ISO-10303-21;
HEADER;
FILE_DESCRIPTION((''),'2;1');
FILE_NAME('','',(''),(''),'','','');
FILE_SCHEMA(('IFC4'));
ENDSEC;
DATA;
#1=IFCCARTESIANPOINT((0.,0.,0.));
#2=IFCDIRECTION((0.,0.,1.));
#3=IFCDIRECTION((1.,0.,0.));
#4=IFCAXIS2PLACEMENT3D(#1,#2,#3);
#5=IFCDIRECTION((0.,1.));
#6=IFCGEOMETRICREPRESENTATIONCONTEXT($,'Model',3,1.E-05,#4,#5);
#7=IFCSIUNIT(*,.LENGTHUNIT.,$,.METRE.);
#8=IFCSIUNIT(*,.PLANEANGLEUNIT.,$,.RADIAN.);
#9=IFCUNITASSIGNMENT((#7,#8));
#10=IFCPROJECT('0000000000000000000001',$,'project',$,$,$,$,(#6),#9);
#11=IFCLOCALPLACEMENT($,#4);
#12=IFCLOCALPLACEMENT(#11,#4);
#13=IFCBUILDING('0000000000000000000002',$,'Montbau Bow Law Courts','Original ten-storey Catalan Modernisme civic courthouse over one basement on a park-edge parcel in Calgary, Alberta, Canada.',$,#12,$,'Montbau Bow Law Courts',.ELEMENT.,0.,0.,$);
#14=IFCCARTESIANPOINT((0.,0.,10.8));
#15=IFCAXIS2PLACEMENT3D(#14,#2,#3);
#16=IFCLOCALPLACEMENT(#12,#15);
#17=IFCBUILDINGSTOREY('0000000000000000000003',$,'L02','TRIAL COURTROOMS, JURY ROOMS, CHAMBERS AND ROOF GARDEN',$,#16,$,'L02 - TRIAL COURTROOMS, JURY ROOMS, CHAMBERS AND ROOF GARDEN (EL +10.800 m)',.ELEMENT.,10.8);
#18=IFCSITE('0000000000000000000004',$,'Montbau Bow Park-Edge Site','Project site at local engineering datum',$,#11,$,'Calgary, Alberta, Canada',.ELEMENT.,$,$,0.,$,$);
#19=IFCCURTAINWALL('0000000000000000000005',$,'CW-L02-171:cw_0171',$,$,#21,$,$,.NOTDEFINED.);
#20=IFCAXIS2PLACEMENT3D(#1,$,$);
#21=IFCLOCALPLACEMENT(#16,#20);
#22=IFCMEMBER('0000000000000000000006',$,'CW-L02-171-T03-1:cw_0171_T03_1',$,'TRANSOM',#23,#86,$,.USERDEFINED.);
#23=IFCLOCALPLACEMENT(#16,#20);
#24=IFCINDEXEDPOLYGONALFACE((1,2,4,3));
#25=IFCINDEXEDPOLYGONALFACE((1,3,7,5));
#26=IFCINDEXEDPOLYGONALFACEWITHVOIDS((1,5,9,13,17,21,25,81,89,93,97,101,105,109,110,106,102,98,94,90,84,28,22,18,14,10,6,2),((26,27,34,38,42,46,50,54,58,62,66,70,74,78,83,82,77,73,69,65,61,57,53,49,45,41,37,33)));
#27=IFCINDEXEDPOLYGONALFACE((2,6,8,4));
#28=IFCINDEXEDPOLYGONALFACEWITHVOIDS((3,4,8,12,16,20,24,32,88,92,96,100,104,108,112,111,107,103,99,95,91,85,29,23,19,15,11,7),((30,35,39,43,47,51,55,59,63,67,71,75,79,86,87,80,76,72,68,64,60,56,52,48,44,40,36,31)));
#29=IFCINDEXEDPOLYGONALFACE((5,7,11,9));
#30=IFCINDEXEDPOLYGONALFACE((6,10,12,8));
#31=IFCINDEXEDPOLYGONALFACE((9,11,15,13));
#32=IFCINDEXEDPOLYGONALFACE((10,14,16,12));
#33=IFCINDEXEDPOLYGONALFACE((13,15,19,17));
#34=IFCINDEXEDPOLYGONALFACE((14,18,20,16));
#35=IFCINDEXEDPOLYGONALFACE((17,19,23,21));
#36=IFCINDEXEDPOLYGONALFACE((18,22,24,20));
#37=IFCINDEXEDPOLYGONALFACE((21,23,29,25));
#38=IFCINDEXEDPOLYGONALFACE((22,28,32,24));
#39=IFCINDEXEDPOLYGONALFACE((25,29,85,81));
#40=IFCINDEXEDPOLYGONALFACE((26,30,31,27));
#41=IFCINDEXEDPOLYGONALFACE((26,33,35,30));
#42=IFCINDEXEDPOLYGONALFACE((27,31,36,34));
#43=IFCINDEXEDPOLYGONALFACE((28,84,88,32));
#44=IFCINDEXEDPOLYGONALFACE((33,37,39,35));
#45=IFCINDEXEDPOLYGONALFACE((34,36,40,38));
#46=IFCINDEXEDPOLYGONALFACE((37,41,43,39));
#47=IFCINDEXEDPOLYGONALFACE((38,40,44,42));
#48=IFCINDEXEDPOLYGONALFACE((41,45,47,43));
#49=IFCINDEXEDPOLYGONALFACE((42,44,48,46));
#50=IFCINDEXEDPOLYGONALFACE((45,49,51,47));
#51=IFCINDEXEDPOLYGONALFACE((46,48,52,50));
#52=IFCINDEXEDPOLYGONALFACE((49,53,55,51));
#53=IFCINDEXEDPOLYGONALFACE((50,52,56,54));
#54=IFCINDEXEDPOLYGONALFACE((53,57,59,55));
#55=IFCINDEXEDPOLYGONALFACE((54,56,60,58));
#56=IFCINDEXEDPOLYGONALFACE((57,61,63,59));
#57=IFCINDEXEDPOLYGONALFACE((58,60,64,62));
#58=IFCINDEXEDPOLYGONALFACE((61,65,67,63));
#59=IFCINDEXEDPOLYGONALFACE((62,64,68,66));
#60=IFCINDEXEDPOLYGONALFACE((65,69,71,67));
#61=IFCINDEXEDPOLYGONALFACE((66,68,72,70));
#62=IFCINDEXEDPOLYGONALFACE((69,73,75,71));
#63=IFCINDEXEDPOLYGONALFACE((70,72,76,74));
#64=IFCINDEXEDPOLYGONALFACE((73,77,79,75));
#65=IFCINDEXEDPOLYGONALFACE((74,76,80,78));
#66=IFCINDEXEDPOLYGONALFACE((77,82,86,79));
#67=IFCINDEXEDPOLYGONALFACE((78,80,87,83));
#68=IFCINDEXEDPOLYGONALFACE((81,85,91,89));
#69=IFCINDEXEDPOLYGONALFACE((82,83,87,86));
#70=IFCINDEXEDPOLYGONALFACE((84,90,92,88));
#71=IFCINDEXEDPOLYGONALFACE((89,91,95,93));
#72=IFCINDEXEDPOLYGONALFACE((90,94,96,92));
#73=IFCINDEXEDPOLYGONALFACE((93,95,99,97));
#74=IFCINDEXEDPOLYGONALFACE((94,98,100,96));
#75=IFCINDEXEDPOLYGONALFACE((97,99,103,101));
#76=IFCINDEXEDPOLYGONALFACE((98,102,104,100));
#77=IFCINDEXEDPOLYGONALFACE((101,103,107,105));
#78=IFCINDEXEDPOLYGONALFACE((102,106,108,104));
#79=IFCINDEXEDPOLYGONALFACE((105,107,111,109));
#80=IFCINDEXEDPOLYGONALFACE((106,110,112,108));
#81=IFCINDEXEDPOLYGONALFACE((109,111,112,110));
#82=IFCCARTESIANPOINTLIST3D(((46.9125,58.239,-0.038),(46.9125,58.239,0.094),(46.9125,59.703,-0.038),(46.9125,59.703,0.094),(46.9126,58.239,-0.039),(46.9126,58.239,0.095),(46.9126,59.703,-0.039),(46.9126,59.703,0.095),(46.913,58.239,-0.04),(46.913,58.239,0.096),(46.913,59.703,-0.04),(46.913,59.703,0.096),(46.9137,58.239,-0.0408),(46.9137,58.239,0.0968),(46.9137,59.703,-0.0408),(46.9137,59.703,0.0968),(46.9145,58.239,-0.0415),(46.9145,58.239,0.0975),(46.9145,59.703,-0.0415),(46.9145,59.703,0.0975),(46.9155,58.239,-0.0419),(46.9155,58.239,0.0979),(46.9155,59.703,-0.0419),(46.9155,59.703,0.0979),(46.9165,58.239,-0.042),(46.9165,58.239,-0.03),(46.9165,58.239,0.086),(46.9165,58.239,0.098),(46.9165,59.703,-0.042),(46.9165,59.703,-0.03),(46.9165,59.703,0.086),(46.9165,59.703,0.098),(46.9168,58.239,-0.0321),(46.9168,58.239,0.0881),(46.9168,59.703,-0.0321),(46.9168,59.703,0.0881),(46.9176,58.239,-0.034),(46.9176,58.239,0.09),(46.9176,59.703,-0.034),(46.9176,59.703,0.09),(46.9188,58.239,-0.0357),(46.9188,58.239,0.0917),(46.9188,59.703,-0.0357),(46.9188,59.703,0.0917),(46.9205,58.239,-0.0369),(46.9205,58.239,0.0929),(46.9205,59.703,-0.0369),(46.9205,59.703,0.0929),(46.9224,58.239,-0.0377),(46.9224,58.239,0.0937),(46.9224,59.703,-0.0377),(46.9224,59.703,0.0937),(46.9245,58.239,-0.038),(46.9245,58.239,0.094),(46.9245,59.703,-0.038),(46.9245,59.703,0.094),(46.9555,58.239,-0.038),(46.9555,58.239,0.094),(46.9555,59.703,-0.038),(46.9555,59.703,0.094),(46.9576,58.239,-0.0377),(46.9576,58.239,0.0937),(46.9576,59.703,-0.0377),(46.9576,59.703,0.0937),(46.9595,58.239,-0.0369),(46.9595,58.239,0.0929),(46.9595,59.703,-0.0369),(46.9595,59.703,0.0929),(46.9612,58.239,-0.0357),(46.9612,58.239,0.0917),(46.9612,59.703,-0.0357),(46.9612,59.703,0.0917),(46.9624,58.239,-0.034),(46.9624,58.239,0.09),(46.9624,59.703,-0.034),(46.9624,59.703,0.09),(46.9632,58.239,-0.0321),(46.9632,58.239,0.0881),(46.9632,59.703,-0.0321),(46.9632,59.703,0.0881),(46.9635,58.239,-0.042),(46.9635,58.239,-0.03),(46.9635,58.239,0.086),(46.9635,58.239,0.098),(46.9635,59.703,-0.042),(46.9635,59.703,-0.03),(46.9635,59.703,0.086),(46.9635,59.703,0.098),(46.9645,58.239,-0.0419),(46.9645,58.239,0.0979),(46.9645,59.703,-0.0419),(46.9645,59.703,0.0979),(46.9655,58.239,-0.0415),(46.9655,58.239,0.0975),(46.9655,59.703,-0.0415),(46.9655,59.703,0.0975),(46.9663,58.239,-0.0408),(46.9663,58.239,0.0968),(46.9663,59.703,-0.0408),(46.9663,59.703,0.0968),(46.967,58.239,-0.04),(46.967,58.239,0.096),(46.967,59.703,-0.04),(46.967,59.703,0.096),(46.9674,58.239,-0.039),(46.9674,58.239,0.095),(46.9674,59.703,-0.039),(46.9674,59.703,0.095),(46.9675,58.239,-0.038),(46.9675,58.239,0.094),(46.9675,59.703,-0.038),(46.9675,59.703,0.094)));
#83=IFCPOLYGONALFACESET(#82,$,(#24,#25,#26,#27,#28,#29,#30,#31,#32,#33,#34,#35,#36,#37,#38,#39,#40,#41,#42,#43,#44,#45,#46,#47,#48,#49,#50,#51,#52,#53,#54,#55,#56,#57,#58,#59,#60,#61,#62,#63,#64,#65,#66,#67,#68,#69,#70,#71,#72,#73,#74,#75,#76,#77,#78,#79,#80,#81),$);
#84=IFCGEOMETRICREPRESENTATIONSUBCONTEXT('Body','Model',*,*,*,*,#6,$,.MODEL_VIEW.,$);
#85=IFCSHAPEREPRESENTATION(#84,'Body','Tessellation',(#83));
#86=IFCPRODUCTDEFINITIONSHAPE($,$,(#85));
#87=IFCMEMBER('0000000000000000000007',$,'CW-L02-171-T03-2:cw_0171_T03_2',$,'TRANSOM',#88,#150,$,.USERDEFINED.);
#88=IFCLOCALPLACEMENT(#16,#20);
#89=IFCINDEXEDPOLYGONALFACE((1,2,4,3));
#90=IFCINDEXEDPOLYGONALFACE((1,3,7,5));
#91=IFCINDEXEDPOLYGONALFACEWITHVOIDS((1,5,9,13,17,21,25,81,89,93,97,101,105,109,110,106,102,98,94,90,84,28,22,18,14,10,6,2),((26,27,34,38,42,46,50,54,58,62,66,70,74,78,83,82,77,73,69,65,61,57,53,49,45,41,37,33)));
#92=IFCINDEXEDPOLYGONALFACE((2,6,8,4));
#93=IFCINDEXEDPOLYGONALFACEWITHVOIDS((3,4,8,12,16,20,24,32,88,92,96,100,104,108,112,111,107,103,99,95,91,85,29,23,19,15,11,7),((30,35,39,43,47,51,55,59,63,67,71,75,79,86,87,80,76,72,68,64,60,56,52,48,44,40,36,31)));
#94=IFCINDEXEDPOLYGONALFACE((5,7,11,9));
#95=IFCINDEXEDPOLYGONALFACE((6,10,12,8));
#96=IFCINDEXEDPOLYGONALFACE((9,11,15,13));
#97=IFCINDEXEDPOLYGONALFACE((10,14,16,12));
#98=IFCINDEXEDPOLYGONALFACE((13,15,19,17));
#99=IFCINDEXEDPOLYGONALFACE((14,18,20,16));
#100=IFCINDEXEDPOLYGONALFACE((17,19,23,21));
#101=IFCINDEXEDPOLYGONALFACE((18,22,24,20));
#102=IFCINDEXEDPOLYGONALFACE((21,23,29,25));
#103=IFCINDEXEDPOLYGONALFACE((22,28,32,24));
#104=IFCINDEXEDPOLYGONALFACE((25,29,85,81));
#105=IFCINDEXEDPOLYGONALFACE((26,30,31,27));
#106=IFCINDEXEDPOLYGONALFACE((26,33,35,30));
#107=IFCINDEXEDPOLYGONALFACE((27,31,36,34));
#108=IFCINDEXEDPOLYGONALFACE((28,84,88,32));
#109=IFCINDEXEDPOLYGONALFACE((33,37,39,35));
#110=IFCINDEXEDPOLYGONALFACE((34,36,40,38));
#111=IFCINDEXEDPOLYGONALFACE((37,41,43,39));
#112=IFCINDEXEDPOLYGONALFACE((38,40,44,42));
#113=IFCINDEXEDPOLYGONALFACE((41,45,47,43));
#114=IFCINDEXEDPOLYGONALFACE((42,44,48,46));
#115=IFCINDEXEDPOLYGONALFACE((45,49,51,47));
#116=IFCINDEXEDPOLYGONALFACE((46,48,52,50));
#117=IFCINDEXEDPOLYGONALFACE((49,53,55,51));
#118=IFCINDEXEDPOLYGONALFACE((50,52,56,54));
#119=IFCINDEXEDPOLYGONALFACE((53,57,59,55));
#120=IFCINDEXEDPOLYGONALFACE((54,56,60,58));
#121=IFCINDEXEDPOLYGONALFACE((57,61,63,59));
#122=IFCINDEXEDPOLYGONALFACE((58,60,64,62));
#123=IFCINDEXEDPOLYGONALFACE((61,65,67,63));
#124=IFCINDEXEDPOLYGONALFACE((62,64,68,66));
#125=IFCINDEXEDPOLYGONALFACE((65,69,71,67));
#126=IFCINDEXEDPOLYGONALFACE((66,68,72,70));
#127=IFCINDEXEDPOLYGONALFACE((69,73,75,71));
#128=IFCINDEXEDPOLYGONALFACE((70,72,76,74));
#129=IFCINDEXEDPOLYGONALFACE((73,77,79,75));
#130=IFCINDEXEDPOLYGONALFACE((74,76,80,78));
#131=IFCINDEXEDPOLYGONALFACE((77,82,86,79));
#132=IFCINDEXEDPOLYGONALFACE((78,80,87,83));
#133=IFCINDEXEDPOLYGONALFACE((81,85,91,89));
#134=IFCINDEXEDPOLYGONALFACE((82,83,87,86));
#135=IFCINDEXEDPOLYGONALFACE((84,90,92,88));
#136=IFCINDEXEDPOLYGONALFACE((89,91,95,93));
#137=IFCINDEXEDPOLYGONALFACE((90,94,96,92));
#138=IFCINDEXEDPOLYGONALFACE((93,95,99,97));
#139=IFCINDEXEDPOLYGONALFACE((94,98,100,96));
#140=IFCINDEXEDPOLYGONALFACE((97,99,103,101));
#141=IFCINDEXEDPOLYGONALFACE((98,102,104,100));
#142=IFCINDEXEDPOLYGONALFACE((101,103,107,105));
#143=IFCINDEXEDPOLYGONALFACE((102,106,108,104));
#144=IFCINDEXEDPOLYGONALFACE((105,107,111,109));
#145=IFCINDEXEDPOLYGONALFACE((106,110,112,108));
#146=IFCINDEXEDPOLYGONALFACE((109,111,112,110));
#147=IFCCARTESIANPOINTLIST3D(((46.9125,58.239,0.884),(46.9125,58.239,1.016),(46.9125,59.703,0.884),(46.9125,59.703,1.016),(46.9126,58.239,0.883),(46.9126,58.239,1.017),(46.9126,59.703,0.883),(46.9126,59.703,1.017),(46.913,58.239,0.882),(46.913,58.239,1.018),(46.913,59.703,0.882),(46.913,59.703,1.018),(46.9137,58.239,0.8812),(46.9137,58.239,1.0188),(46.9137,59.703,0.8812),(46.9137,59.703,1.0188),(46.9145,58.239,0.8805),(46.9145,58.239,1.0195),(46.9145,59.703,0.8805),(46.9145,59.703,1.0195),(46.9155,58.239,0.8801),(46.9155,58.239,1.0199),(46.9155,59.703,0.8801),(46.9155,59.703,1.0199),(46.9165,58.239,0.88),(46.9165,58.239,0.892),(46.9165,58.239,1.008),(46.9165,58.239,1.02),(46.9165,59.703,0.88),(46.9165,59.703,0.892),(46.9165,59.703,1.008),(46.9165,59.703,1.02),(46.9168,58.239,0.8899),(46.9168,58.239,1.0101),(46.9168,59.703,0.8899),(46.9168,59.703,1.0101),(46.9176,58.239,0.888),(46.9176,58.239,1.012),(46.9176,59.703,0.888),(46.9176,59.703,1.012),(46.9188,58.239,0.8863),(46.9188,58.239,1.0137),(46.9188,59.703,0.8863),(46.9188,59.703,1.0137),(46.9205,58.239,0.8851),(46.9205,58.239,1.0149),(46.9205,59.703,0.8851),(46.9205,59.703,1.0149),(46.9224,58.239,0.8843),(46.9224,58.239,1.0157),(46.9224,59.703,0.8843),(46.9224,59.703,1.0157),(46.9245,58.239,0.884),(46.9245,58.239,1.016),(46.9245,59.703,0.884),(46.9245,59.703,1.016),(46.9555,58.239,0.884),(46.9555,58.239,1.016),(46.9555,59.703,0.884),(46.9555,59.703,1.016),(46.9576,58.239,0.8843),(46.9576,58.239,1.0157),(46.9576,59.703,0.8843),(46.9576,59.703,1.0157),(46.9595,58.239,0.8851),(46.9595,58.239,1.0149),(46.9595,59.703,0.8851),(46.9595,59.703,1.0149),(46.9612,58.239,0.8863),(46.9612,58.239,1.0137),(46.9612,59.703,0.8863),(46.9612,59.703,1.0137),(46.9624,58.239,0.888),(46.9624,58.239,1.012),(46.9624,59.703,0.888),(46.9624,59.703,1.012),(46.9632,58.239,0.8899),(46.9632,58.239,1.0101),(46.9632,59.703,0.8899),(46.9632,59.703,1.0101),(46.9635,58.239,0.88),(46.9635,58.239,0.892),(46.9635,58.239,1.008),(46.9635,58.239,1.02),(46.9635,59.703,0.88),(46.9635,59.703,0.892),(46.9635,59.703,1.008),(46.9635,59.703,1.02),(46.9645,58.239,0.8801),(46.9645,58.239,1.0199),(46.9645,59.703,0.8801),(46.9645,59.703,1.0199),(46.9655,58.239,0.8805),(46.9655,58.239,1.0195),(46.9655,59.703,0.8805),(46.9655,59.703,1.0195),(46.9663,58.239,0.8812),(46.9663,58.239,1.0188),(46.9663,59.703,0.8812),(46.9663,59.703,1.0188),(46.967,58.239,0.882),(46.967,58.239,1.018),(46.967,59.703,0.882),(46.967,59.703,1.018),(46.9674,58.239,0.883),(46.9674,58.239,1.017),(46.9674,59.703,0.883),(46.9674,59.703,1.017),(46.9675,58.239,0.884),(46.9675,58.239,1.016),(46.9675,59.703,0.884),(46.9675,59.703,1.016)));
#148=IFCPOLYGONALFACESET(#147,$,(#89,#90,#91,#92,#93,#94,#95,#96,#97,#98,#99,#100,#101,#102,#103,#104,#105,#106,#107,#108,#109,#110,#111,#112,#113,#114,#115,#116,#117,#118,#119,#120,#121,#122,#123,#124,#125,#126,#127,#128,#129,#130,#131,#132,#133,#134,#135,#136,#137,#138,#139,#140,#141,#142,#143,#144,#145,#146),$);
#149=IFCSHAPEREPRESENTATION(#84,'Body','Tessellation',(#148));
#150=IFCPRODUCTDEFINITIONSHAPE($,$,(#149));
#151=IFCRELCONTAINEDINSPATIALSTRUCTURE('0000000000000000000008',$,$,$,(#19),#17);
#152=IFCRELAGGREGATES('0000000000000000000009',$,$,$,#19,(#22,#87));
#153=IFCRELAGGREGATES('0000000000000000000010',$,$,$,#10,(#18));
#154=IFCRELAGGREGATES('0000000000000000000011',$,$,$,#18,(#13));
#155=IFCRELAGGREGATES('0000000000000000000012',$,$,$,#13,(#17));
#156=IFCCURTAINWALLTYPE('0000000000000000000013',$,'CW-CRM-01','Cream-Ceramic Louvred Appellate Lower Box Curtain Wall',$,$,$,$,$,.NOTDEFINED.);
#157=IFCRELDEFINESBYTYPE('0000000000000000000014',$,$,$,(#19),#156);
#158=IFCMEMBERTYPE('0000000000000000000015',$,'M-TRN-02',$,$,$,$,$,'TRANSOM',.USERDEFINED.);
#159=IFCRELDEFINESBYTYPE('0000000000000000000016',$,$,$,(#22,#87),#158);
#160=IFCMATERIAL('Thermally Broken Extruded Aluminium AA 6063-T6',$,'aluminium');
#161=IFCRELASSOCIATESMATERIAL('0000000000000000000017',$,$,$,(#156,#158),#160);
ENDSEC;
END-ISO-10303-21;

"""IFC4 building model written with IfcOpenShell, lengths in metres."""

from ifc_helpers import new_model, si_unit, direction, frame, origin_with_axes, origin_2d_with_axis, place, context, subcontext, project, spatial, hollow_rectangle, extrude, material, material_profile, profile_set, type_object, element, aggregate, save


model = new_model("IFC4")

# Units and contexts
model_context = context("Model", 3, precision=1e-05, world=origin_with_axes(), true_north=direction((0.0, 1.0)))
body_context = subcontext(model_context, "Body", "Model", "MODEL_VIEW")
ifc_project = project(units=[si_unit("LENGTHUNIT", "METRE"), si_unit("PLANEANGLEUNIT", "RADIAN")], contexts=[model_context])

# Site, building, storey
site_placement = place(None, origin_with_axes())
site = spatial("IfcSite", under=ifc_project, at=site_placement, Name="Montbau Bow Park-Edge Site", Description="Project site at local engineering datum", LongName="Calgary, Alberta, Canada", CompositionType="ELEMENT", RefElevation=0.0)
building_placement = place(site_placement, origin_with_axes())
building = spatial("IfcBuilding", under=site, at=building_placement, Name="Montbau Bow Law Courts", Description="Original ten-storey Catalan Modernisme civic courthouse over one basement on a park-edge parcel in Calgary, Alberta, Canada.", LongName="Montbau Bow Law Courts", CompositionType="ELEMENT", ElevationOfRefHeight=0.0, ElevationOfTerrain=0.0)
storey_placement = place(building_placement, frame((0.0, 0.0, 10.8), z_axis=(0.0, 0.0, 1.0), x_axis=(1.0, 0.0, 0.0)))
storey = spatial("IfcBuildingStorey", under=building, at=storey_placement, Name="L02", Description="TRIAL COURTROOMS, JURY ROOMS, CHAMBERS AND ROOF GARDEN", LongName="L02 - TRIAL COURTROOMS, JURY ROOMS, CHAMBERS AND ROOF GARDEN (EL +10.800 m)", CompositionType="ELEMENT", Elevation=10.8)

# Curtain wall, members
ifc_material_1 = material(Name="Thermally Broken Extruded Aluminium AA 6063-T6", Category="aluminium")
curtain_wall_type = type_object("IfcCurtainWallType", Name="CW-CRM-01", Description="Cream-Ceramic Louvred Appellate Lower Box Curtain Wall", PredefinedType="NOTDEFINED", material=ifc_material_1)
curtain_wall_placement = place(None, frame((46.94, 55.115, 10.8), z_axis=(0.0, 0.0, 1.0), x_axis=(1.0, 0.0, 0.0)))
curtain_wall = element("IfcCurtainWall", 1, at=curtain_wall_placement, inside=storey, type_object=curtain_wall_type, Name="CW-L02-171:cw_0171", PredefinedType="NOTDEFINED")
ifc_material_profile_1 = material_profile(ifc_material_1, hollow_rectangle(XDim=0.055, YDim=0.14, WallThickness=0.004, InnerFilletRadius=0.008, OuterFilletRadius=0.004, at=origin_2d_with_axis()), Name="CWT-140X55", Category="Main", Priority=0)
ifc_profile_set_1 = profile_set([ifc_material_profile_1], Name="Thermally Broken Extruded Aluminium AA 6063-T6")
member_type_1 = type_object("IfcMemberType", Name="M-TRN-02", ElementType="TRANSOM", PredefinedType="USERDEFINED", material=ifc_profile_set_1)
member_1_placement = place(None, frame((46.94, 58.239, 10.828), z_axis=(0.0, 1.0, 0.0), x_axis=(-1.0, 0.0, 0.0)))
member_1 = element("IfcMember", 2, at=member_1_placement, type_object=member_type_1, Name="CW-L02-171-T03-1:cw_0171_T03_1", ObjectType="TRANSOM", PredefinedType="USERDEFINED", context=body_context, shape_type="SweptSolid", body=[
    extrude(hollow_rectangle(XDim=0.055, YDim=0.14, WallThickness=0.004, InnerFilletRadius=0.008, OuterFilletRadius=0.004, at=origin_2d_with_axis()), origin_with_axes(), (0.0, 0.0, 1.0), 1.464),
])
member_2_placement = place(None, frame((46.94, 58.239, 11.75), z_axis=(0.0, 1.0, 0.0), x_axis=(-1.0, 0.0, 0.0)))
member_2 = element("IfcMember", 3, at=member_2_placement, type_object=member_type_1, Name="CW-L02-171-T03-2:cw_0171_T03_2", ObjectType="TRANSOM", PredefinedType="USERDEFINED", context=body_context, shape_type="SweptSolid", body=[
    extrude(hollow_rectangle(XDim=0.055, YDim=0.14, WallThickness=0.004, InnerFilletRadius=0.008, OuterFilletRadius=0.004, at=origin_2d_with_axis()), origin_with_axes(), (0.0, 0.0, 1.0), 1.464),
])
aggregate(curtain_wall, [member_1, member_2])

save(model, "model.ifc")
